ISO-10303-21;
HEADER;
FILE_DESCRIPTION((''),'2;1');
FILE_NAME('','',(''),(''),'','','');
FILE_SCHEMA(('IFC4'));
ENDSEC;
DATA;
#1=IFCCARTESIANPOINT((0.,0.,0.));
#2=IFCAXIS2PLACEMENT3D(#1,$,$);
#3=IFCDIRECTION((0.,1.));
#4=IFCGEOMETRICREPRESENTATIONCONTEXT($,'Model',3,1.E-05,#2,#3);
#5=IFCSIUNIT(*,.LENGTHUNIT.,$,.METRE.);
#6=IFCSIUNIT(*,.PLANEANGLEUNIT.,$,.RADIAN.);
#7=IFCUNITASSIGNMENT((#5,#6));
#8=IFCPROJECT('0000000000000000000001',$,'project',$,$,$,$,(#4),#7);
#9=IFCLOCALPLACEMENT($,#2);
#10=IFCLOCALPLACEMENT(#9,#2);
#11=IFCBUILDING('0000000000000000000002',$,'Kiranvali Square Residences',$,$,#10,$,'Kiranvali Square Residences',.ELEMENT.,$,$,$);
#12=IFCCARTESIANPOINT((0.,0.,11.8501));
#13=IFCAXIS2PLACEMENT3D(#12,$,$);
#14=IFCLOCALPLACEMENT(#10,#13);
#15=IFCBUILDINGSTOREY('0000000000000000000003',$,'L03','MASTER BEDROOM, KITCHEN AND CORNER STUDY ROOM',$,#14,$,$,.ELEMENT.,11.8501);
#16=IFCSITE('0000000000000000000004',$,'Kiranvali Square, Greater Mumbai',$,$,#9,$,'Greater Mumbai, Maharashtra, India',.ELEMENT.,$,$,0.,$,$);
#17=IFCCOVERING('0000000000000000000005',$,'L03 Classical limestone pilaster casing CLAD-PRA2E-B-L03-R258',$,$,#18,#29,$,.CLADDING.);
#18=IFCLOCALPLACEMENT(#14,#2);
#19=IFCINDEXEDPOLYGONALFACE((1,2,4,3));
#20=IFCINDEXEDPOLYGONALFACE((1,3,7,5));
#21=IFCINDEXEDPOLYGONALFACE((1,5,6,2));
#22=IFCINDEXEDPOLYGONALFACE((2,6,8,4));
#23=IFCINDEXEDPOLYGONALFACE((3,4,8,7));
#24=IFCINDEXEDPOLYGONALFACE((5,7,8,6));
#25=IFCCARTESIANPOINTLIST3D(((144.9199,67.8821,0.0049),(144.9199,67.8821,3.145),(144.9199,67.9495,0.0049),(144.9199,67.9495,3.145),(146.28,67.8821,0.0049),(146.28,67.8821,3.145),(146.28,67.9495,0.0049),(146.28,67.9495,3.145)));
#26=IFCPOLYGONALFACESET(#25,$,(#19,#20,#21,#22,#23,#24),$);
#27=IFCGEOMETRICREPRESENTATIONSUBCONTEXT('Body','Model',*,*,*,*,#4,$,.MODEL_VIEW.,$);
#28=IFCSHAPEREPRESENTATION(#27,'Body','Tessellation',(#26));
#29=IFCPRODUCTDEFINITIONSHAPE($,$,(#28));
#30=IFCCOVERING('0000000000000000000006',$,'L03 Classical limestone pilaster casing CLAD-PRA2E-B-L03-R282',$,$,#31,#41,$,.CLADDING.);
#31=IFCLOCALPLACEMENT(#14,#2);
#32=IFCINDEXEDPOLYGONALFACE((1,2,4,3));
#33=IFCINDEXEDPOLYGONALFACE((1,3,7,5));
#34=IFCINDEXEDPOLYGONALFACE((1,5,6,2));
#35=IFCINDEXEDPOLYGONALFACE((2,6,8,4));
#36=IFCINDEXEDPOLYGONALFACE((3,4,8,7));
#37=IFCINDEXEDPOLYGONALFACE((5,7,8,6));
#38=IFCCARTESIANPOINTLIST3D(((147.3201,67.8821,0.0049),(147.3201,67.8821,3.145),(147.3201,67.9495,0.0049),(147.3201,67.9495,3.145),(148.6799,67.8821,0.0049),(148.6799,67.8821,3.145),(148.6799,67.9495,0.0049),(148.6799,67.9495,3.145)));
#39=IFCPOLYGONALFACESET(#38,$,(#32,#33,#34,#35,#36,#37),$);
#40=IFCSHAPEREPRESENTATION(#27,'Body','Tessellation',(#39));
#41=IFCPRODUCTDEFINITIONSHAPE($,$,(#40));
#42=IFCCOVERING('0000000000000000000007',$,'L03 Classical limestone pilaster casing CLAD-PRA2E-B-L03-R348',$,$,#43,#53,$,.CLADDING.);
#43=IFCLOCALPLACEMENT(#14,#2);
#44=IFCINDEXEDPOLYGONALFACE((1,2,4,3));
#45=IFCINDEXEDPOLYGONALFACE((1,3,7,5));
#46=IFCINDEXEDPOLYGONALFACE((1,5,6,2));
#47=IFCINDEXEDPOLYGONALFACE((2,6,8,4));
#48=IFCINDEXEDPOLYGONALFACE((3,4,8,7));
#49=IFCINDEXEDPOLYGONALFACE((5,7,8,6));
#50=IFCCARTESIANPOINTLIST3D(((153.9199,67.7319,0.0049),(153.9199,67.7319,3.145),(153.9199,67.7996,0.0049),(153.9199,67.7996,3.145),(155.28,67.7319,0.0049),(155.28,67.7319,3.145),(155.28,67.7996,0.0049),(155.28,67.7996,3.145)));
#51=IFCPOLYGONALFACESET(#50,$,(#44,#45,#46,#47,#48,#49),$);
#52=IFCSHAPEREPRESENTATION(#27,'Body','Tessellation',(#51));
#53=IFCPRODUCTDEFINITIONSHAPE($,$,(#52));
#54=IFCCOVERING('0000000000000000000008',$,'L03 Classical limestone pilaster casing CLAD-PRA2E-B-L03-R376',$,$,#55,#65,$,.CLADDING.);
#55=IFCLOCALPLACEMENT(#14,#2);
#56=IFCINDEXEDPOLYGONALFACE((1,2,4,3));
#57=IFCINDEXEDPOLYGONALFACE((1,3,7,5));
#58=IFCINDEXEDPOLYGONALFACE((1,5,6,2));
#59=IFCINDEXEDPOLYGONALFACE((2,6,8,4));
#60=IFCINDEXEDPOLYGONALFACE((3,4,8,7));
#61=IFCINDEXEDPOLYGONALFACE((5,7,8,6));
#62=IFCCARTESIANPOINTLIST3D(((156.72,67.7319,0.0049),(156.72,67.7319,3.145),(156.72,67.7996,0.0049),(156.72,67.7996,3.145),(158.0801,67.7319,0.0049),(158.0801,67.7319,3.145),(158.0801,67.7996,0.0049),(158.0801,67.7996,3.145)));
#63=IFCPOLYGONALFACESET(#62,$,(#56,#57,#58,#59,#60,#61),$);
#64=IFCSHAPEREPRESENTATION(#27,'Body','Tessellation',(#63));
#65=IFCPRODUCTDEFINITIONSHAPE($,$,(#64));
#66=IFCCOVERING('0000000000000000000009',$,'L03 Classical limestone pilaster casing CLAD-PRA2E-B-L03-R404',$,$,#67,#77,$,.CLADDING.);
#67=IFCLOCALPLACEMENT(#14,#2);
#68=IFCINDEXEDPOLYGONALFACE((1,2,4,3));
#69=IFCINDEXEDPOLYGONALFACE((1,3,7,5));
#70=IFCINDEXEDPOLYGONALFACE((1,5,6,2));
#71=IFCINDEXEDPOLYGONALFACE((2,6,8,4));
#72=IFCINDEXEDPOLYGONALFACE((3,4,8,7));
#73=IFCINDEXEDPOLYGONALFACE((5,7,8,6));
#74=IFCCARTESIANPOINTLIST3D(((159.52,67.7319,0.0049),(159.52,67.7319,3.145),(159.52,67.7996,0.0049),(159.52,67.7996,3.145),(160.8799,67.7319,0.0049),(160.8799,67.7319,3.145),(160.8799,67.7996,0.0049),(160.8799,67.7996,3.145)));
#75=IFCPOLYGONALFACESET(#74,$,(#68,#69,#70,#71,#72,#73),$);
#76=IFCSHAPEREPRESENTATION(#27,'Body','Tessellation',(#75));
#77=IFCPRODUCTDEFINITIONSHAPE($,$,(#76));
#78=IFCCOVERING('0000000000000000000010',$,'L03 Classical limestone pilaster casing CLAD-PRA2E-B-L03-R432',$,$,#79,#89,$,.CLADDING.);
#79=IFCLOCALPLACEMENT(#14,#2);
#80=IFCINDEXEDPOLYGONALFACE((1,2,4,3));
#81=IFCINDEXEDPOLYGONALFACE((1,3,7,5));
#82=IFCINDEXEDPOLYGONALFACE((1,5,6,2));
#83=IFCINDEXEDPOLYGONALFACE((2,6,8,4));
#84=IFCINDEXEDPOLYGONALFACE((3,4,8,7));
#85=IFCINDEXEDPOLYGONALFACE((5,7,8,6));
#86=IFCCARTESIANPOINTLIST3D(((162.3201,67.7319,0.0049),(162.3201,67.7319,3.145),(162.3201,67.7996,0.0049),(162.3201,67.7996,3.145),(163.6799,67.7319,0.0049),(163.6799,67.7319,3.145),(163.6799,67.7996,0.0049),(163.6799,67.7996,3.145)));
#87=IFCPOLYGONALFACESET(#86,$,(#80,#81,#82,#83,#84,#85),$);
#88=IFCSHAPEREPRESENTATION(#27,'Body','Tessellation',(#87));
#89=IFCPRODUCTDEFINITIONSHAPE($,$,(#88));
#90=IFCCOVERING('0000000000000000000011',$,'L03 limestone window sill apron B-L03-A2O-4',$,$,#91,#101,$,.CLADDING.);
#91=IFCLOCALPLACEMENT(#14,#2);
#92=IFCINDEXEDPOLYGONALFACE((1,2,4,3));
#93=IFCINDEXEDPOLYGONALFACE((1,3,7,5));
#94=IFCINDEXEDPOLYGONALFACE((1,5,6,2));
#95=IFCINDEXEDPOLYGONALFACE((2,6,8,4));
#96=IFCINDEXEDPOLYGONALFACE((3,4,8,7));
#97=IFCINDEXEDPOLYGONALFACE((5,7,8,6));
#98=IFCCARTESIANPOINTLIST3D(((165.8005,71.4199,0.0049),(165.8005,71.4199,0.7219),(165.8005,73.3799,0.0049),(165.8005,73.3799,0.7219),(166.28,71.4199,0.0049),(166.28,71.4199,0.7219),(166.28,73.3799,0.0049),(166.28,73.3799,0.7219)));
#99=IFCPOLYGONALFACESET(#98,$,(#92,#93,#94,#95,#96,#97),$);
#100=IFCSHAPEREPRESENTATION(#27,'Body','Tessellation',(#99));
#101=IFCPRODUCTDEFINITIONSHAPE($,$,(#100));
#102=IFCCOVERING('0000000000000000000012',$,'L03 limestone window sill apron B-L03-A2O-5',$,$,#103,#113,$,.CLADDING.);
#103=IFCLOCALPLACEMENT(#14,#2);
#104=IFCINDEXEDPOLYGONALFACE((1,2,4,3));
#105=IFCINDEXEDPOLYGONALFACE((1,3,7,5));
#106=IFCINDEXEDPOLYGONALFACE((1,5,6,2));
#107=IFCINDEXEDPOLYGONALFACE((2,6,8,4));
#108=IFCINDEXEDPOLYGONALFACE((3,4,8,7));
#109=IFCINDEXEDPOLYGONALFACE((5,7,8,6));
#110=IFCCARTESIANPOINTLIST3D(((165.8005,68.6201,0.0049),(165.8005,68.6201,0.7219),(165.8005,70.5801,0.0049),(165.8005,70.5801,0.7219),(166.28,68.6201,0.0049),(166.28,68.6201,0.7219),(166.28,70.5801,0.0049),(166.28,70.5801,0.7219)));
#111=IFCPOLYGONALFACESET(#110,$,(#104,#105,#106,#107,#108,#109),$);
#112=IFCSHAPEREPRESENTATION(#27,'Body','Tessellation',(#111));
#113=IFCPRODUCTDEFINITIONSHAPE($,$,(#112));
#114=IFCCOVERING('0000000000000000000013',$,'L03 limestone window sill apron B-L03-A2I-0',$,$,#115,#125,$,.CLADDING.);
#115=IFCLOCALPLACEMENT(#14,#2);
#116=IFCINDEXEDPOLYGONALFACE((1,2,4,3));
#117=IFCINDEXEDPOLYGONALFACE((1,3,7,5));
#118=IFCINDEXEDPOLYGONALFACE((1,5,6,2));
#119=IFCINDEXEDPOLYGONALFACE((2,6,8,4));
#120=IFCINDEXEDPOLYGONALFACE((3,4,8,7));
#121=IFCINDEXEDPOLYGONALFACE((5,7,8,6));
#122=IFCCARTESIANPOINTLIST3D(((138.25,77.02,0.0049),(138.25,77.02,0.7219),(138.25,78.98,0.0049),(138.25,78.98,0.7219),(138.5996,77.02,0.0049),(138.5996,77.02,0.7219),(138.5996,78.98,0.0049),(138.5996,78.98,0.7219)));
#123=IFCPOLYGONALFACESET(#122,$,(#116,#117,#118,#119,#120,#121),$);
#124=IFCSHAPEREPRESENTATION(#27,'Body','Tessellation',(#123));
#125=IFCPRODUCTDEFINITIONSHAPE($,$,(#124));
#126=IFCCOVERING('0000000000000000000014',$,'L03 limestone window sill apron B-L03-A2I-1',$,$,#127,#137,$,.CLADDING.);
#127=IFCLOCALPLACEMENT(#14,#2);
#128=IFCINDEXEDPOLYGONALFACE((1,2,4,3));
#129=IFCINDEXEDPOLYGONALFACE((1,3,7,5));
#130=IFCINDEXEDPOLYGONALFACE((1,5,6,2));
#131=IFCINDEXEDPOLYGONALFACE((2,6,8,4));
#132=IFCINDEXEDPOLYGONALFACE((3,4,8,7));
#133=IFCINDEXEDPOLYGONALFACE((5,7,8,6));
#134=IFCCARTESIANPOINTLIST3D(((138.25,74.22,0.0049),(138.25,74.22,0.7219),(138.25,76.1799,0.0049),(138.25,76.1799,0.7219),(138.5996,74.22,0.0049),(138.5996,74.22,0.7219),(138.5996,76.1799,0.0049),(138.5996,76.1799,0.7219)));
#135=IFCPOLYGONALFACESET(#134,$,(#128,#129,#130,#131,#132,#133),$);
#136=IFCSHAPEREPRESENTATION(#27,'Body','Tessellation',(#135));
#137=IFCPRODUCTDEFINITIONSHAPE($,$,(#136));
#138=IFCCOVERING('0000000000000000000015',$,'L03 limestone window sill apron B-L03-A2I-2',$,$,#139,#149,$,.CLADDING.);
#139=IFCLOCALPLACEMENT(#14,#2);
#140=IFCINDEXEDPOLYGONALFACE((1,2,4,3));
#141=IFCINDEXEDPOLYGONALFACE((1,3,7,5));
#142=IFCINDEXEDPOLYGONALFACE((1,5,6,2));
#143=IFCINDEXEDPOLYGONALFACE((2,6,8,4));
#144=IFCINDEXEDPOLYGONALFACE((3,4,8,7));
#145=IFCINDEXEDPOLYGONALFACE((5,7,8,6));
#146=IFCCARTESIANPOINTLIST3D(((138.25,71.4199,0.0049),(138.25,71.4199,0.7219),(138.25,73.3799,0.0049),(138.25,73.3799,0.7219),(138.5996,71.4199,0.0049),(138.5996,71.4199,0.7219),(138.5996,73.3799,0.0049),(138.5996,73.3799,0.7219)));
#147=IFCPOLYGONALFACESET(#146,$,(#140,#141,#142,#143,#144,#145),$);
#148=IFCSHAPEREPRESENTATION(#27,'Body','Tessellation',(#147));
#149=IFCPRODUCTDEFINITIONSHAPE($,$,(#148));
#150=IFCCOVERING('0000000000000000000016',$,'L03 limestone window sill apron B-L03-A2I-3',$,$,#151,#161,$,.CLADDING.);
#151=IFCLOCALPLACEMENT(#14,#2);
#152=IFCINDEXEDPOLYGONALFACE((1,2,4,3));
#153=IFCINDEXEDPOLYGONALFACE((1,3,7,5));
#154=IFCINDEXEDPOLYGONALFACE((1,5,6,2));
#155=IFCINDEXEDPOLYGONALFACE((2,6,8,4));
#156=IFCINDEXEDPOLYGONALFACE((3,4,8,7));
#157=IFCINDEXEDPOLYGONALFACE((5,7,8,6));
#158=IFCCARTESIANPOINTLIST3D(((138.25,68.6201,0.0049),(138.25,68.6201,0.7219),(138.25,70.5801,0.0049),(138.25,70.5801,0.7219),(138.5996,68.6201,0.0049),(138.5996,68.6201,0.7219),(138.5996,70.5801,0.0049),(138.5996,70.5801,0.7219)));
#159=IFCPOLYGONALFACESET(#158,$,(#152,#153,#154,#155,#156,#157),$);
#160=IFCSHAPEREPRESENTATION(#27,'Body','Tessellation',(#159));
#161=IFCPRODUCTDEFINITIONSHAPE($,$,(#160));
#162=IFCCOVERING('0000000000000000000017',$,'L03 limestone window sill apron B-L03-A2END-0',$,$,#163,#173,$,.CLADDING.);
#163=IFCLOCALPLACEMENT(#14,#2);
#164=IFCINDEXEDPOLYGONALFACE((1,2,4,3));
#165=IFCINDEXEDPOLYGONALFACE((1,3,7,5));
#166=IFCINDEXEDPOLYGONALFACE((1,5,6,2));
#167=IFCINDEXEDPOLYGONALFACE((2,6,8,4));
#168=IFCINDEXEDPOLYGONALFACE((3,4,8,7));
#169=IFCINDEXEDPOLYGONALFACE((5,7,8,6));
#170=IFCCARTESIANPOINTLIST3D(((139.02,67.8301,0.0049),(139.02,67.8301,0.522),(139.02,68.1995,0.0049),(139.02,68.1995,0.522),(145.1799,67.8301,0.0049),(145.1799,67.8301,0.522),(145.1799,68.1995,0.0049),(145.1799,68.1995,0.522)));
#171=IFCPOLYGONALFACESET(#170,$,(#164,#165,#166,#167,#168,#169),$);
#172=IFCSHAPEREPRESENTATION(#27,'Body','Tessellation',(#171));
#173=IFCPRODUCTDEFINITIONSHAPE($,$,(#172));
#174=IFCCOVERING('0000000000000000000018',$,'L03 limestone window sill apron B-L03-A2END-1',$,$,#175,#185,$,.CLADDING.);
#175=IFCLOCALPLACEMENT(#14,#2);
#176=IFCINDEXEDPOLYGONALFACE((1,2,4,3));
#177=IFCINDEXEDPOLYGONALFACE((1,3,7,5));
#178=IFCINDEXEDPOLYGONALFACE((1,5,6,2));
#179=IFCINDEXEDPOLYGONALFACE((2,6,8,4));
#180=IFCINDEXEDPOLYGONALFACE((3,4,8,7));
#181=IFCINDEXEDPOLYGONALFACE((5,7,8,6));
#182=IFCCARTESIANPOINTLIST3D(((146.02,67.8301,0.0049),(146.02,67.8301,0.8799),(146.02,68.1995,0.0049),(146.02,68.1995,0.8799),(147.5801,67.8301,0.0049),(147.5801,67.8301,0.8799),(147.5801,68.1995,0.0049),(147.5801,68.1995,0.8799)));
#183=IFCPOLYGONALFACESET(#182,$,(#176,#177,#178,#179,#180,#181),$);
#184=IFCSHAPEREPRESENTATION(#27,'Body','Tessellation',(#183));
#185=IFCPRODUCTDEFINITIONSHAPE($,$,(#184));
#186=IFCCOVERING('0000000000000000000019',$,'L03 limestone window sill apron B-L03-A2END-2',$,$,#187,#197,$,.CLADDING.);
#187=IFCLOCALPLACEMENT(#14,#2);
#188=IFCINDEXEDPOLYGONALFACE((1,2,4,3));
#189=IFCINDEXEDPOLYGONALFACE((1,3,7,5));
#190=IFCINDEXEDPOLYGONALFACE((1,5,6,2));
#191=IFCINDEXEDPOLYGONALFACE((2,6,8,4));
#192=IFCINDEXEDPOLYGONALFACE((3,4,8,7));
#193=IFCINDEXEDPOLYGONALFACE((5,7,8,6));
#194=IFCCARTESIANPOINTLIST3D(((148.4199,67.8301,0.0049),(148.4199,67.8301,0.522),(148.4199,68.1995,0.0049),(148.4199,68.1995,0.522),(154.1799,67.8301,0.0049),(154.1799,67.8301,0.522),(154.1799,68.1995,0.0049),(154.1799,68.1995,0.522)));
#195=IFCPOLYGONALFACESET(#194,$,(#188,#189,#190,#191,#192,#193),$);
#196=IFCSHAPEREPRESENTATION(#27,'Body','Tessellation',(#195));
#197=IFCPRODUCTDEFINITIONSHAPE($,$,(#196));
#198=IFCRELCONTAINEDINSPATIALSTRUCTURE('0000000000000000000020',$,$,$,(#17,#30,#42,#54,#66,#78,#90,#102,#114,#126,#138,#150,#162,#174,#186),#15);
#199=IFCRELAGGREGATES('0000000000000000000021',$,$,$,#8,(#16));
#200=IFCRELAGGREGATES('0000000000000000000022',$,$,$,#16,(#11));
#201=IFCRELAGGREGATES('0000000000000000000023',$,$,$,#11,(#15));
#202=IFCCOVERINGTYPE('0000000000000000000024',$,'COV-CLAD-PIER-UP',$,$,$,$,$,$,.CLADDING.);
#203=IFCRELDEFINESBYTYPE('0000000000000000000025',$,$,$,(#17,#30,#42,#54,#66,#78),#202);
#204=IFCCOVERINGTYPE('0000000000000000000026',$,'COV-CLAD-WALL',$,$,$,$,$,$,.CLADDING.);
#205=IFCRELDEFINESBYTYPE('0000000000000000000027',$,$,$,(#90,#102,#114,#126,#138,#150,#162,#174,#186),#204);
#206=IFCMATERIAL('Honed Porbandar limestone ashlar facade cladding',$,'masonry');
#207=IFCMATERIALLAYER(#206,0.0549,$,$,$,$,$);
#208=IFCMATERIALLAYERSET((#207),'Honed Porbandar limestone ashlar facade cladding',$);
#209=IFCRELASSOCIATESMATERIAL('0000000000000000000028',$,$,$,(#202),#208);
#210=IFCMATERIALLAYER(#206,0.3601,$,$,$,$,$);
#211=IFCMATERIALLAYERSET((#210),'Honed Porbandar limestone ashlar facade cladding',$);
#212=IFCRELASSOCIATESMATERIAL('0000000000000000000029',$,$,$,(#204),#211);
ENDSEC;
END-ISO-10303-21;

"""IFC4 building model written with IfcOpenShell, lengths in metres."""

from ifc_helpers import new_model, si_unit, direction, frame, origin, place, context, subcontext, project, spatial, polyline, outline, extrude, material, layer, layer_set, type_object, element, save


model = new_model("IFC4")

# Units and contexts
model_context = context("Model", 3, precision=1e-05, world=origin(), true_north=direction((0.0, 1.0)))
body_context = subcontext(model_context, "Body", "Model", "MODEL_VIEW")
ifc_project = project(units=[si_unit("LENGTHUNIT", "METRE"), si_unit("PLANEANGLEUNIT", "RADIAN")], contexts=[model_context])

# Site, building, storey
site_placement = place(None, origin())
site = spatial("IfcSite", under=ifc_project, at=site_placement, Name="Kiranvali Square, Greater Mumbai", LongName="Greater Mumbai, Maharashtra, India", CompositionType="ELEMENT", RefElevation=0.0)
building_placement = place(site_placement, origin())
building = spatial("IfcBuilding", under=site, at=building_placement, Name="Kiranvali Square Residences", LongName="Kiranvali Square Residences", CompositionType="ELEMENT")
storey_placement = place(building_placement, frame((0.0, 0.0, 11.8501)))
storey = spatial("IfcBuildingStorey", under=building, at=storey_placement, Name="L03", Description="MASTER BEDROOM, KITCHEN AND CORNER STUDY ROOM", CompositionType="ELEMENT", Elevation=11.8501)

# Coverings
ifc_material = material(Name="Honed Porbandar limestone ashlar facade cladding", Category="masonry")
ifc_layer_1 = layer(ifc_material, 0.0549)
ifc_layer_set_1 = layer_set([ifc_layer_1], Name="Honed Porbandar limestone ashlar facade cladding")
covering_type_1 = type_object("IfcCoveringType", Name="COV-CLAD-PIER-UP", PredefinedType="CLADDING", material=ifc_layer_set_1)
covering_1_placement = place(storey_placement, frame((0.0, 0.0, 0.0049)))
element("IfcCovering", 1, at=covering_1_placement, inside=storey, type_object=covering_type_1, Name="L03 Classical limestone pilaster casing CLAD-PRA2E-B-L03-R258", PredefinedType="CLADDING", context=body_context, shape_type="SweptSolid", body=[
    extrude(outline(polyline([(144.9199, 67.8821), (146.28, 67.8821), (146.28, 67.9495), (144.9199, 67.9495), (144.9199, 67.8821)])), origin(), (0.0, 0.0, 1.0), 3.1401),
])
covering_2_placement = place(storey_placement, frame((0.0, 0.0, 0.0049)))
element("IfcCovering", 2, at=covering_2_placement, inside=storey, type_object=covering_type_1, Name="L03 Classical limestone pilaster casing CLAD-PRA2E-B-L03-R282", PredefinedType="CLADDING", context=body_context, shape_type="SweptSolid", body=[
    extrude(outline(polyline([(147.3201, 67.8821), (148.6799, 67.8821), (148.6799, 67.9495), (147.3201, 67.9495), (147.3201, 67.8821)])), origin(), (0.0, 0.0, 1.0), 3.1401),
])
covering_3_placement = place(storey_placement, frame((0.0, 0.0, 0.0049)))
element("IfcCovering", 3, at=covering_3_placement, inside=storey, type_object=covering_type_1, Name="L03 Classical limestone pilaster casing CLAD-PRA2E-B-L03-R348", PredefinedType="CLADDING", context=body_context, shape_type="SweptSolid", body=[
    extrude(outline(polyline([(153.9199, 67.7319), (155.28, 67.7319), (155.28, 67.7996), (153.9199, 67.7996), (153.9199, 67.7319)])), origin(), (0.0, 0.0, 1.0), 3.1401),
])
covering_4_placement = place(storey_placement, frame((0.0, 0.0, 0.0049)))
element("IfcCovering", 4, at=covering_4_placement, inside=storey, type_object=covering_type_1, Name="L03 Classical limestone pilaster casing CLAD-PRA2E-B-L03-R376", PredefinedType="CLADDING", context=body_context, shape_type="SweptSolid", body=[
    extrude(outline(polyline([(156.72, 67.7319), (158.0801, 67.7319), (158.0801, 67.7996), (156.72, 67.7996), (156.72, 67.7319)])), origin(), (0.0, 0.0, 1.0), 3.1401),
])
covering_5_placement = place(storey_placement, frame((0.0, 0.0, 0.0049)))
element("IfcCovering", 5, at=covering_5_placement, inside=storey, type_object=covering_type_1, Name="L03 Classical limestone pilaster casing CLAD-PRA2E-B-L03-R404", PredefinedType="CLADDING", context=body_context, shape_type="SweptSolid", body=[
    extrude(outline(polyline([(159.52, 67.7319), (160.8799, 67.7319), (160.8799, 67.7996), (159.52, 67.7996), (159.52, 67.7319)])), origin(), (0.0, 0.0, 1.0), 3.1401),
])
covering_6_placement = place(storey_placement, frame((0.0, 0.0, 0.0049)))
element("IfcCovering", 6, at=covering_6_placement, inside=storey, type_object=covering_type_1, Name="L03 Classical limestone pilaster casing CLAD-PRA2E-B-L03-R432", PredefinedType="CLADDING", context=body_context, shape_type="SweptSolid", body=[
    extrude(outline(polyline([(162.3201, 67.7319), (163.6799, 67.7319), (163.6799, 67.7996), (162.3201, 67.7996), (162.3201, 67.7319)])), origin(), (0.0, 0.0, 1.0), 3.1401),
])
ifc_layer_2 = layer(ifc_material, 0.3601)
ifc_layer_set_2 = layer_set([ifc_layer_2], Name="Honed Porbandar limestone ashlar facade cladding")
covering_type_2 = type_object("IfcCoveringType", Name="COV-CLAD-WALL", PredefinedType="CLADDING", material=ifc_layer_set_2)
covering_7_placement = place(storey_placement, frame((0.0, 0.0, 0.0049)))
element("IfcCovering", 7, at=covering_7_placement, inside=storey, type_object=covering_type_2, Name="L03 limestone window sill apron B-L03-A2O-4", PredefinedType="CLADDING", context=body_context, shape_type="SweptSolid", body=[
    extrude(outline(polyline([(165.8005, 73.3799), (165.8005, 71.4199), (166.28, 71.4199), (166.28, 73.3799), (165.8005, 73.3799)])), origin(), (0.0, 0.0, 1.0), 0.717),
])
covering_8_placement = place(storey_placement, frame((0.0, 0.0, 0.0049)))
element("IfcCovering", 8, at=covering_8_placement, inside=storey, type_object=covering_type_2, Name="L03 limestone window sill apron B-L03-A2O-5", PredefinedType="CLADDING", context=body_context, shape_type="SweptSolid", body=[
    extrude(outline(polyline([(165.8005, 70.5801), (165.8005, 68.6201), (166.28, 68.6201), (166.28, 70.5801), (165.8005, 70.5801)])), origin(), (0.0, 0.0, 1.0), 0.717),
])
covering_9_placement = place(storey_placement, frame((0.0, 0.0, 0.0049)))
element("IfcCovering", 9, at=covering_9_placement, inside=storey, type_object=covering_type_2, Name="L03 limestone window sill apron B-L03-A2I-0", PredefinedType="CLADDING", context=body_context, shape_type="SweptSolid", body=[
    extrude(outline(polyline([(138.25, 78.98), (138.25, 77.02), (138.5996, 77.02), (138.5996, 78.98), (138.25, 78.98)])), origin(), (0.0, 0.0, 1.0), 0.717),
])
covering_10_placement = place(storey_placement, frame((0.0, 0.0, 0.0049)))
element("IfcCovering", 10, at=covering_10_placement, inside=storey, type_object=covering_type_2, Name="L03 limestone window sill apron B-L03-A2I-1", PredefinedType="CLADDING", context=body_context, shape_type="SweptSolid", body=[
    extrude(outline(polyline([(138.25, 76.1799), (138.25, 74.22), (138.5996, 74.22), (138.5996, 76.1799), (138.25, 76.1799)])), origin(), (0.0, 0.0, 1.0), 0.717),
])
covering_11_placement = place(storey_placement, frame((0.0, 0.0, 0.0049)))
element("IfcCovering", 11, at=covering_11_placement, inside=storey, type_object=covering_type_2, Name="L03 limestone window sill apron B-L03-A2I-2", PredefinedType="CLADDING", context=body_context, shape_type="SweptSolid", body=[
    extrude(outline(polyline([(138.25, 73.3799), (138.25, 71.4199), (138.5996, 71.4199), (138.5996, 73.3799), (138.25, 73.3799)])), origin(), (0.0, 0.0, 1.0), 0.717),
])
covering_12_placement = place(storey_placement, frame((0.0, 0.0, 0.0049)))
element("IfcCovering", 12, at=covering_12_placement, inside=storey, type_object=covering_type_2, Name="L03 limestone window sill apron B-L03-A2I-3", PredefinedType="CLADDING", context=body_context, shape_type="SweptSolid", body=[
    extrude(outline(polyline([(138.25, 70.5801), (138.25, 68.6201), (138.5996, 68.6201), (138.5996, 70.5801), (138.25, 70.5801)])), origin(), (0.0, 0.0, 1.0), 0.717),
])
covering_13_placement = place(storey_placement, frame((0.0, 0.0, 0.0049)))
element("IfcCovering", 13, at=covering_13_placement, inside=storey, type_object=covering_type_2, Name="L03 limestone window sill apron B-L03-A2END-0", PredefinedType="CLADDING", context=body_context, shape_type="SweptSolid", body=[
    extrude(outline(polyline([(139.02, 67.8301), (145.1799, 67.8301), (145.1799, 68.1995), (139.02, 68.1995), (139.02, 67.8301)])), origin(), (0.0, 0.0, 1.0), 0.5171),
])
covering_14_placement = place(storey_placement, frame((0.0, 0.0, 0.0049)))
element("IfcCovering", 14, at=covering_14_placement, inside=storey, type_object=covering_type_2, Name="L03 limestone window sill apron B-L03-A2END-1", PredefinedType="CLADDING", context=body_context, shape_type="SweptSolid", body=[
    extrude(outline(polyline([(146.02, 67.8301), (147.5801, 67.8301), (147.5801, 68.1995), (146.02, 68.1995), (146.02, 67.8301)])), origin(), (0.0, 0.0, 1.0), 0.875),
])
covering_15_placement = place(storey_placement, frame((0.0, 0.0, 0.0049)))
element("IfcCovering", 15, at=covering_15_placement, inside=storey, type_object=covering_type_2, Name="L03 limestone window sill apron B-L03-A2END-2", PredefinedType="CLADDING", context=body_context, shape_type="SweptSolid", body=[
    extrude(outline(polyline([(148.4199, 67.8301), (154.1799, 67.8301), (154.1799, 68.1995), (148.4199, 68.1995), (148.4199, 67.8301)])), origin(), (0.0, 0.0, 1.0), 0.5171),
])

save(model, "model.ifc")
